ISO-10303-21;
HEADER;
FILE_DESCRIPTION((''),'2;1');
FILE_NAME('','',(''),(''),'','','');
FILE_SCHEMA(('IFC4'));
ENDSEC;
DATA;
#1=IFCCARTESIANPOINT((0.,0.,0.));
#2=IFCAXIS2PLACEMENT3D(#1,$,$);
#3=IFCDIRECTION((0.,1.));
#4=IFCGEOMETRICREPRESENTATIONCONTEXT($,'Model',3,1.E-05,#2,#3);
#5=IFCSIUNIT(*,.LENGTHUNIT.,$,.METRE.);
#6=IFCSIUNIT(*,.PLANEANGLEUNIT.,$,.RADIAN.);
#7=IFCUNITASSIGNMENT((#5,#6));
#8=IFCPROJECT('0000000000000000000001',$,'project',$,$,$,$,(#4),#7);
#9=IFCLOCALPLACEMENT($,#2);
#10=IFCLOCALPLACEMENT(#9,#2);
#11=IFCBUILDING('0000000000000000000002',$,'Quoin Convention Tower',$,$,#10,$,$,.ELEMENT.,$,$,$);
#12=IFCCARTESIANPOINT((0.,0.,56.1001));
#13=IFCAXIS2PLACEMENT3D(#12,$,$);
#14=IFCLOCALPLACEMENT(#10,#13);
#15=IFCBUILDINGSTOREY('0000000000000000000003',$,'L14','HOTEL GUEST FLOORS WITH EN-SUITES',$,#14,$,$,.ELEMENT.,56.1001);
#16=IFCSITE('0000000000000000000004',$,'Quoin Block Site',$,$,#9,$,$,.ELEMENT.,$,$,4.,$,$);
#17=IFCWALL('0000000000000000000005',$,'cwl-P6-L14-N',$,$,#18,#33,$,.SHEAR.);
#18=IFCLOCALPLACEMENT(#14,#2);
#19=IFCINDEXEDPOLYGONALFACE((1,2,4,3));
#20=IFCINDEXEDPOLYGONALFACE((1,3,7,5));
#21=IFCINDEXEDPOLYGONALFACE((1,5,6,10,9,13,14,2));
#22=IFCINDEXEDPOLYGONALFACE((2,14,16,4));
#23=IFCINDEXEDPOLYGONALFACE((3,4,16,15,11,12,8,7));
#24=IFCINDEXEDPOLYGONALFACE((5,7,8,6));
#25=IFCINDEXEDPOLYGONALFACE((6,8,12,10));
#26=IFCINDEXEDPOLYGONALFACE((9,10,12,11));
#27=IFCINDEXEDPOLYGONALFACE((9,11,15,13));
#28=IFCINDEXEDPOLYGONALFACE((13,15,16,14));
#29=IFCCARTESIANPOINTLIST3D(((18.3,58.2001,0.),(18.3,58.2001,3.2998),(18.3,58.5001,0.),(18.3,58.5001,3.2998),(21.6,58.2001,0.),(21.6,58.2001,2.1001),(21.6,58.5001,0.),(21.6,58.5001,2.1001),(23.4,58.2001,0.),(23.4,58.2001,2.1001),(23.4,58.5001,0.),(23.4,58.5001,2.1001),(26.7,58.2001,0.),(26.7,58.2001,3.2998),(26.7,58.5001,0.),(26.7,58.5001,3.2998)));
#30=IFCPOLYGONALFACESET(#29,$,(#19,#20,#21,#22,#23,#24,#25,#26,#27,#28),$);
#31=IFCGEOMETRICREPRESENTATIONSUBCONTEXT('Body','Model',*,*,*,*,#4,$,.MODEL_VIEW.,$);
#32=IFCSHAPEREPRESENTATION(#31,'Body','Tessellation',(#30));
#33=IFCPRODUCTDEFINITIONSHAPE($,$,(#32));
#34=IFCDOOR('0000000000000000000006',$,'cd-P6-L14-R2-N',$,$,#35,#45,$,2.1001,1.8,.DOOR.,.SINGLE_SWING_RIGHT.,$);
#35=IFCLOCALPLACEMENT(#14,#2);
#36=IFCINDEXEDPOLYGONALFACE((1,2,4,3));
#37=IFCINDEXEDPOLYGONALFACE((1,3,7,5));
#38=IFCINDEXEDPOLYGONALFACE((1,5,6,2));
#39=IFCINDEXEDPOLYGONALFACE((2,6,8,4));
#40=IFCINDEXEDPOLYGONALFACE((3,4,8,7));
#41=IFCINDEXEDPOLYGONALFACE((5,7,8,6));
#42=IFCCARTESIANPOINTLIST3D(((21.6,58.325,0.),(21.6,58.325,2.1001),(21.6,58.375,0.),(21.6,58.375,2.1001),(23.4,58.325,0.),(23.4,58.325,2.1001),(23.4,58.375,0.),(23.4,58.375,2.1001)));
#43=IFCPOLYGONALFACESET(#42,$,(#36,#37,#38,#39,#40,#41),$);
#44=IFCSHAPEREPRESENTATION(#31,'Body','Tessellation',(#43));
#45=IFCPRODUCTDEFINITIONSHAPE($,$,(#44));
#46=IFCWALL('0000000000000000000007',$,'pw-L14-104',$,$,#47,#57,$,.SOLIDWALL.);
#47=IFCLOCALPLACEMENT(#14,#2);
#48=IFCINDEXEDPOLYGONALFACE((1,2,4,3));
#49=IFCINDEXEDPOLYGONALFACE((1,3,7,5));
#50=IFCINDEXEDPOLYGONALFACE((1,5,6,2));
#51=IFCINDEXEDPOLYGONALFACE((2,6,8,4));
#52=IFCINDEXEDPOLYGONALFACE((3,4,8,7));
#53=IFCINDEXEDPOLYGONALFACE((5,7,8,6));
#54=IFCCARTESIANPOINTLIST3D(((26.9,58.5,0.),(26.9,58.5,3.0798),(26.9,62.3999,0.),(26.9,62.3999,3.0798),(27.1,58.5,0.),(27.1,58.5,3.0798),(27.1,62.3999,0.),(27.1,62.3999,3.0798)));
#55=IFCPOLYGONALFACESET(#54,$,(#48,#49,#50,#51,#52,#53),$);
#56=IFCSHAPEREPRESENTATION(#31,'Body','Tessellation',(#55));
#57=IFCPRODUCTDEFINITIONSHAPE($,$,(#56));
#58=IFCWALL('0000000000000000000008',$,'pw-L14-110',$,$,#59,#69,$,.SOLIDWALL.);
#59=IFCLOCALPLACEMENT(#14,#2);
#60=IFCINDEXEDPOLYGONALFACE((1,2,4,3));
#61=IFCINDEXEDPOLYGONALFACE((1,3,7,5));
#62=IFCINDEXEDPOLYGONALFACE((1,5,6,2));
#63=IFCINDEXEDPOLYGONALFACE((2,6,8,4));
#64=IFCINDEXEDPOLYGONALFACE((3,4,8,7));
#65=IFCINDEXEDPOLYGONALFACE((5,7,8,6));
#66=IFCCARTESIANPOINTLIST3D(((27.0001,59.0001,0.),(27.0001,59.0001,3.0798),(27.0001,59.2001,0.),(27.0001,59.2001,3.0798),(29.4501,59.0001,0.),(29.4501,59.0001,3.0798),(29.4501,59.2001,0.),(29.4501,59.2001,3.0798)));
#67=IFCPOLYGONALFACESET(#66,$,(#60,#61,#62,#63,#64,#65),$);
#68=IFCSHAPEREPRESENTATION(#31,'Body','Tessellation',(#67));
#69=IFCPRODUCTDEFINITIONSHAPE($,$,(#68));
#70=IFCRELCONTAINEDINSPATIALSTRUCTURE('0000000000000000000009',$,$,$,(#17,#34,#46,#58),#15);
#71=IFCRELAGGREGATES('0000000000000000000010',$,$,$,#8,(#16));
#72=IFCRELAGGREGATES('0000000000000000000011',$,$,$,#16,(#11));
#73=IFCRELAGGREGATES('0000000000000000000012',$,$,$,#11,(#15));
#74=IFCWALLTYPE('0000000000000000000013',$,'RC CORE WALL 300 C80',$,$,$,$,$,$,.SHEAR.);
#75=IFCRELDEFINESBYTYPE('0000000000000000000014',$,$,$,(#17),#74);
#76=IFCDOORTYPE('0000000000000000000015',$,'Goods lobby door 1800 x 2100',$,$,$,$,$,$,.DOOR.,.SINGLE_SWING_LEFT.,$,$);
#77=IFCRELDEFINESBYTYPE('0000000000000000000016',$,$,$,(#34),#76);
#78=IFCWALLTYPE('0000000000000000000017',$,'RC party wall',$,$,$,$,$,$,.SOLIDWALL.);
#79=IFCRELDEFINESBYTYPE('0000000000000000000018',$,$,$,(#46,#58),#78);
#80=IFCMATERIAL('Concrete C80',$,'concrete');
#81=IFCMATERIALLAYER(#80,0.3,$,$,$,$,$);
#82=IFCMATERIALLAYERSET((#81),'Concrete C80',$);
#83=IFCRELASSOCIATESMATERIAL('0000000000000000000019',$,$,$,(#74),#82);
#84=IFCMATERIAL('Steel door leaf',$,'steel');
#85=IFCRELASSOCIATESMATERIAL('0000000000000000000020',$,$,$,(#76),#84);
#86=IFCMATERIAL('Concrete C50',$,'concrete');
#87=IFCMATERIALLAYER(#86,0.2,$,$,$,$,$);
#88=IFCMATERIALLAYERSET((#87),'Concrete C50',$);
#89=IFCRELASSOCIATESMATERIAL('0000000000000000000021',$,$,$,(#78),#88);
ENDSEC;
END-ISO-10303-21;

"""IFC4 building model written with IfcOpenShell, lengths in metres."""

from ifc_helpers import new_model, si_unit, direction, frame, frame_2d, origin, place, context, subcontext, project, spatial, rectangle, extrude, material, layer, layer_set, type_object, element, fill, save


model = new_model("IFC4")

# Units and contexts
model_context = context("Model", 3, precision=1e-05, world=origin(), true_north=direction((0.0, 1.0)))
body_context = subcontext(model_context, "Body", "Model", "MODEL_VIEW")
ifc_project = project(units=[si_unit("LENGTHUNIT", "METRE"), si_unit("PLANEANGLEUNIT", "RADIAN")], contexts=[model_context])

# Site, building, storey
site_placement = place(None, origin())
site = spatial("IfcSite", under=ifc_project, at=site_placement, Name="Quoin Block Site", CompositionType="ELEMENT", RefElevation=4.0)
building_placement = place(site_placement, origin())
building = spatial("IfcBuilding", under=site, at=building_placement, Name="Quoin Convention Tower", CompositionType="ELEMENT")
storey_placement = place(building_placement, frame((0.0, 0.0, 56.1001)))
storey = spatial("IfcBuildingStorey", under=building, at=storey_placement, Name="L14", Description="HOTEL GUEST FLOORS WITH EN-SUITES", CompositionType="ELEMENT", Elevation=56.1001)

# Shared definitions
ifc_material_1 = material(Name="Concrete C80", Category="concrete")

# Wall, opening, door
ifc_layer_1 = layer(ifc_material_1, 0.3)
ifc_layer_set_1 = layer_set([ifc_layer_1], Name="Concrete C80")
wall_type_1 = type_object("IfcWallType", Name="RC CORE WALL 300 C80", PredefinedType="SHEAR", material=ifc_layer_set_1)
wall_1_placement = place(storey_placement, frame((18.3, 58.3501, 0.0), z_axis=(0.0, 0.0, 1.0), x_axis=(1.0, 0.0, 0.0)))
wall_1 = element("IfcWall", 1, at=wall_1_placement, inside=storey, type_object=wall_type_1, Name="cwl-P6-L14-N", PredefinedType="SHEAR", context=body_context, shape_type="SweptSolid", body=[
    extrude(rectangle(XDim=8.3999, YDim=0.3, at=frame_2d((4.2, 0.0))), origin(), (0.0, 0.0, 1.0), 3.2998),
])
opening_1_placement = place(wall_1_placement, frame((3.3, 0.0, 0.0)))
opening_1 = element("IfcOpeningElement", 2, at=opening_1_placement, cuts=wall_1, PredefinedType="OPENING", context=body_context, shape_type="SweptSolid", body=[
    extrude(rectangle(XDim=1.8, YDim=2.1001, at=frame_2d((0.8999, 1.05))), frame((0.0, 0.1599, 0.0), z_axis=(0.0, -1.0, 0.0), x_axis=(1.0, 0.0, 0.0)), (0.0, 0.0, 1.0), 0.3201),
])
ifc_material_2 = material(Name="Steel door leaf", Category="steel")
door_type = type_object("IfcDoorType", Name="Goods lobby door 1800 x 2100", OperationType="SINGLE_SWING_LEFT", PredefinedType="DOOR", material=ifc_material_2)
door_placement = place(opening_1_placement, origin())
door = element("IfcDoor", 3, at=door_placement, inside=storey, type_object=door_type, Name="cd-P6-L14-R2-N", OperationType="SINGLE_SWING_RIGHT", OverallHeight=2.1001, OverallWidth=1.8, PredefinedType="DOOR", context=body_context, shape_type="SweptSolid", body=[
    extrude(rectangle(XDim=1.8, YDim=2.1001, at=frame_2d((0.8999, 1.05))), frame((0.0, 0.0249, 0.0), z_axis=(0.0, -1.0, 0.0), x_axis=(1.0, 0.0, 0.0)), (0.0, 0.0, 1.0), 0.05),
])
fill(opening_1, door)

# Walls
ifc_material_3 = material(Name="Concrete C50", Category="concrete")
ifc_layer_2 = layer(ifc_material_3, 0.2)
ifc_layer_set_2 = layer_set([ifc_layer_2], Name="Concrete C50")
wall_type_2 = type_object("IfcWallType", Name="RC party wall", PredefinedType="SOLIDWALL", material=ifc_layer_set_2)
wall_2_placement = place(storey_placement, frame((27.0, 58.5, 0.0), z_axis=(0.0, 0.0, 1.0), x_axis=(0.0, 1.0, 0.0)))
element("IfcWall", 4, at=wall_2_placement, inside=storey, type_object=wall_type_2, Name="pw-L14-104", PredefinedType="SOLIDWALL", context=body_context, shape_type="SweptSolid", body=[
    extrude(rectangle(XDim=3.8999, YDim=0.2, at=frame_2d((1.95, 0.0))), origin(), (0.0, 0.0, 1.0), 3.0798),
])
wall_3_placement = place(storey_placement, frame((27.0, 59.1001, 0.0), z_axis=(0.0, 0.0, 1.0), x_axis=(1.0, 0.0, 0.0)))
element("IfcWall", 5, at=wall_3_placement, inside=storey, type_object=wall_type_2, Name="pw-L14-110", PredefinedType="SOLIDWALL", context=body_context, shape_type="SweptSolid", body=[
    extrude(rectangle(XDim=2.45, YDim=0.2, at=frame_2d((1.2251, 0.0))), origin(), (0.0, 0.0, 1.0), 3.0798),
])

save(model, "model.ifc")
